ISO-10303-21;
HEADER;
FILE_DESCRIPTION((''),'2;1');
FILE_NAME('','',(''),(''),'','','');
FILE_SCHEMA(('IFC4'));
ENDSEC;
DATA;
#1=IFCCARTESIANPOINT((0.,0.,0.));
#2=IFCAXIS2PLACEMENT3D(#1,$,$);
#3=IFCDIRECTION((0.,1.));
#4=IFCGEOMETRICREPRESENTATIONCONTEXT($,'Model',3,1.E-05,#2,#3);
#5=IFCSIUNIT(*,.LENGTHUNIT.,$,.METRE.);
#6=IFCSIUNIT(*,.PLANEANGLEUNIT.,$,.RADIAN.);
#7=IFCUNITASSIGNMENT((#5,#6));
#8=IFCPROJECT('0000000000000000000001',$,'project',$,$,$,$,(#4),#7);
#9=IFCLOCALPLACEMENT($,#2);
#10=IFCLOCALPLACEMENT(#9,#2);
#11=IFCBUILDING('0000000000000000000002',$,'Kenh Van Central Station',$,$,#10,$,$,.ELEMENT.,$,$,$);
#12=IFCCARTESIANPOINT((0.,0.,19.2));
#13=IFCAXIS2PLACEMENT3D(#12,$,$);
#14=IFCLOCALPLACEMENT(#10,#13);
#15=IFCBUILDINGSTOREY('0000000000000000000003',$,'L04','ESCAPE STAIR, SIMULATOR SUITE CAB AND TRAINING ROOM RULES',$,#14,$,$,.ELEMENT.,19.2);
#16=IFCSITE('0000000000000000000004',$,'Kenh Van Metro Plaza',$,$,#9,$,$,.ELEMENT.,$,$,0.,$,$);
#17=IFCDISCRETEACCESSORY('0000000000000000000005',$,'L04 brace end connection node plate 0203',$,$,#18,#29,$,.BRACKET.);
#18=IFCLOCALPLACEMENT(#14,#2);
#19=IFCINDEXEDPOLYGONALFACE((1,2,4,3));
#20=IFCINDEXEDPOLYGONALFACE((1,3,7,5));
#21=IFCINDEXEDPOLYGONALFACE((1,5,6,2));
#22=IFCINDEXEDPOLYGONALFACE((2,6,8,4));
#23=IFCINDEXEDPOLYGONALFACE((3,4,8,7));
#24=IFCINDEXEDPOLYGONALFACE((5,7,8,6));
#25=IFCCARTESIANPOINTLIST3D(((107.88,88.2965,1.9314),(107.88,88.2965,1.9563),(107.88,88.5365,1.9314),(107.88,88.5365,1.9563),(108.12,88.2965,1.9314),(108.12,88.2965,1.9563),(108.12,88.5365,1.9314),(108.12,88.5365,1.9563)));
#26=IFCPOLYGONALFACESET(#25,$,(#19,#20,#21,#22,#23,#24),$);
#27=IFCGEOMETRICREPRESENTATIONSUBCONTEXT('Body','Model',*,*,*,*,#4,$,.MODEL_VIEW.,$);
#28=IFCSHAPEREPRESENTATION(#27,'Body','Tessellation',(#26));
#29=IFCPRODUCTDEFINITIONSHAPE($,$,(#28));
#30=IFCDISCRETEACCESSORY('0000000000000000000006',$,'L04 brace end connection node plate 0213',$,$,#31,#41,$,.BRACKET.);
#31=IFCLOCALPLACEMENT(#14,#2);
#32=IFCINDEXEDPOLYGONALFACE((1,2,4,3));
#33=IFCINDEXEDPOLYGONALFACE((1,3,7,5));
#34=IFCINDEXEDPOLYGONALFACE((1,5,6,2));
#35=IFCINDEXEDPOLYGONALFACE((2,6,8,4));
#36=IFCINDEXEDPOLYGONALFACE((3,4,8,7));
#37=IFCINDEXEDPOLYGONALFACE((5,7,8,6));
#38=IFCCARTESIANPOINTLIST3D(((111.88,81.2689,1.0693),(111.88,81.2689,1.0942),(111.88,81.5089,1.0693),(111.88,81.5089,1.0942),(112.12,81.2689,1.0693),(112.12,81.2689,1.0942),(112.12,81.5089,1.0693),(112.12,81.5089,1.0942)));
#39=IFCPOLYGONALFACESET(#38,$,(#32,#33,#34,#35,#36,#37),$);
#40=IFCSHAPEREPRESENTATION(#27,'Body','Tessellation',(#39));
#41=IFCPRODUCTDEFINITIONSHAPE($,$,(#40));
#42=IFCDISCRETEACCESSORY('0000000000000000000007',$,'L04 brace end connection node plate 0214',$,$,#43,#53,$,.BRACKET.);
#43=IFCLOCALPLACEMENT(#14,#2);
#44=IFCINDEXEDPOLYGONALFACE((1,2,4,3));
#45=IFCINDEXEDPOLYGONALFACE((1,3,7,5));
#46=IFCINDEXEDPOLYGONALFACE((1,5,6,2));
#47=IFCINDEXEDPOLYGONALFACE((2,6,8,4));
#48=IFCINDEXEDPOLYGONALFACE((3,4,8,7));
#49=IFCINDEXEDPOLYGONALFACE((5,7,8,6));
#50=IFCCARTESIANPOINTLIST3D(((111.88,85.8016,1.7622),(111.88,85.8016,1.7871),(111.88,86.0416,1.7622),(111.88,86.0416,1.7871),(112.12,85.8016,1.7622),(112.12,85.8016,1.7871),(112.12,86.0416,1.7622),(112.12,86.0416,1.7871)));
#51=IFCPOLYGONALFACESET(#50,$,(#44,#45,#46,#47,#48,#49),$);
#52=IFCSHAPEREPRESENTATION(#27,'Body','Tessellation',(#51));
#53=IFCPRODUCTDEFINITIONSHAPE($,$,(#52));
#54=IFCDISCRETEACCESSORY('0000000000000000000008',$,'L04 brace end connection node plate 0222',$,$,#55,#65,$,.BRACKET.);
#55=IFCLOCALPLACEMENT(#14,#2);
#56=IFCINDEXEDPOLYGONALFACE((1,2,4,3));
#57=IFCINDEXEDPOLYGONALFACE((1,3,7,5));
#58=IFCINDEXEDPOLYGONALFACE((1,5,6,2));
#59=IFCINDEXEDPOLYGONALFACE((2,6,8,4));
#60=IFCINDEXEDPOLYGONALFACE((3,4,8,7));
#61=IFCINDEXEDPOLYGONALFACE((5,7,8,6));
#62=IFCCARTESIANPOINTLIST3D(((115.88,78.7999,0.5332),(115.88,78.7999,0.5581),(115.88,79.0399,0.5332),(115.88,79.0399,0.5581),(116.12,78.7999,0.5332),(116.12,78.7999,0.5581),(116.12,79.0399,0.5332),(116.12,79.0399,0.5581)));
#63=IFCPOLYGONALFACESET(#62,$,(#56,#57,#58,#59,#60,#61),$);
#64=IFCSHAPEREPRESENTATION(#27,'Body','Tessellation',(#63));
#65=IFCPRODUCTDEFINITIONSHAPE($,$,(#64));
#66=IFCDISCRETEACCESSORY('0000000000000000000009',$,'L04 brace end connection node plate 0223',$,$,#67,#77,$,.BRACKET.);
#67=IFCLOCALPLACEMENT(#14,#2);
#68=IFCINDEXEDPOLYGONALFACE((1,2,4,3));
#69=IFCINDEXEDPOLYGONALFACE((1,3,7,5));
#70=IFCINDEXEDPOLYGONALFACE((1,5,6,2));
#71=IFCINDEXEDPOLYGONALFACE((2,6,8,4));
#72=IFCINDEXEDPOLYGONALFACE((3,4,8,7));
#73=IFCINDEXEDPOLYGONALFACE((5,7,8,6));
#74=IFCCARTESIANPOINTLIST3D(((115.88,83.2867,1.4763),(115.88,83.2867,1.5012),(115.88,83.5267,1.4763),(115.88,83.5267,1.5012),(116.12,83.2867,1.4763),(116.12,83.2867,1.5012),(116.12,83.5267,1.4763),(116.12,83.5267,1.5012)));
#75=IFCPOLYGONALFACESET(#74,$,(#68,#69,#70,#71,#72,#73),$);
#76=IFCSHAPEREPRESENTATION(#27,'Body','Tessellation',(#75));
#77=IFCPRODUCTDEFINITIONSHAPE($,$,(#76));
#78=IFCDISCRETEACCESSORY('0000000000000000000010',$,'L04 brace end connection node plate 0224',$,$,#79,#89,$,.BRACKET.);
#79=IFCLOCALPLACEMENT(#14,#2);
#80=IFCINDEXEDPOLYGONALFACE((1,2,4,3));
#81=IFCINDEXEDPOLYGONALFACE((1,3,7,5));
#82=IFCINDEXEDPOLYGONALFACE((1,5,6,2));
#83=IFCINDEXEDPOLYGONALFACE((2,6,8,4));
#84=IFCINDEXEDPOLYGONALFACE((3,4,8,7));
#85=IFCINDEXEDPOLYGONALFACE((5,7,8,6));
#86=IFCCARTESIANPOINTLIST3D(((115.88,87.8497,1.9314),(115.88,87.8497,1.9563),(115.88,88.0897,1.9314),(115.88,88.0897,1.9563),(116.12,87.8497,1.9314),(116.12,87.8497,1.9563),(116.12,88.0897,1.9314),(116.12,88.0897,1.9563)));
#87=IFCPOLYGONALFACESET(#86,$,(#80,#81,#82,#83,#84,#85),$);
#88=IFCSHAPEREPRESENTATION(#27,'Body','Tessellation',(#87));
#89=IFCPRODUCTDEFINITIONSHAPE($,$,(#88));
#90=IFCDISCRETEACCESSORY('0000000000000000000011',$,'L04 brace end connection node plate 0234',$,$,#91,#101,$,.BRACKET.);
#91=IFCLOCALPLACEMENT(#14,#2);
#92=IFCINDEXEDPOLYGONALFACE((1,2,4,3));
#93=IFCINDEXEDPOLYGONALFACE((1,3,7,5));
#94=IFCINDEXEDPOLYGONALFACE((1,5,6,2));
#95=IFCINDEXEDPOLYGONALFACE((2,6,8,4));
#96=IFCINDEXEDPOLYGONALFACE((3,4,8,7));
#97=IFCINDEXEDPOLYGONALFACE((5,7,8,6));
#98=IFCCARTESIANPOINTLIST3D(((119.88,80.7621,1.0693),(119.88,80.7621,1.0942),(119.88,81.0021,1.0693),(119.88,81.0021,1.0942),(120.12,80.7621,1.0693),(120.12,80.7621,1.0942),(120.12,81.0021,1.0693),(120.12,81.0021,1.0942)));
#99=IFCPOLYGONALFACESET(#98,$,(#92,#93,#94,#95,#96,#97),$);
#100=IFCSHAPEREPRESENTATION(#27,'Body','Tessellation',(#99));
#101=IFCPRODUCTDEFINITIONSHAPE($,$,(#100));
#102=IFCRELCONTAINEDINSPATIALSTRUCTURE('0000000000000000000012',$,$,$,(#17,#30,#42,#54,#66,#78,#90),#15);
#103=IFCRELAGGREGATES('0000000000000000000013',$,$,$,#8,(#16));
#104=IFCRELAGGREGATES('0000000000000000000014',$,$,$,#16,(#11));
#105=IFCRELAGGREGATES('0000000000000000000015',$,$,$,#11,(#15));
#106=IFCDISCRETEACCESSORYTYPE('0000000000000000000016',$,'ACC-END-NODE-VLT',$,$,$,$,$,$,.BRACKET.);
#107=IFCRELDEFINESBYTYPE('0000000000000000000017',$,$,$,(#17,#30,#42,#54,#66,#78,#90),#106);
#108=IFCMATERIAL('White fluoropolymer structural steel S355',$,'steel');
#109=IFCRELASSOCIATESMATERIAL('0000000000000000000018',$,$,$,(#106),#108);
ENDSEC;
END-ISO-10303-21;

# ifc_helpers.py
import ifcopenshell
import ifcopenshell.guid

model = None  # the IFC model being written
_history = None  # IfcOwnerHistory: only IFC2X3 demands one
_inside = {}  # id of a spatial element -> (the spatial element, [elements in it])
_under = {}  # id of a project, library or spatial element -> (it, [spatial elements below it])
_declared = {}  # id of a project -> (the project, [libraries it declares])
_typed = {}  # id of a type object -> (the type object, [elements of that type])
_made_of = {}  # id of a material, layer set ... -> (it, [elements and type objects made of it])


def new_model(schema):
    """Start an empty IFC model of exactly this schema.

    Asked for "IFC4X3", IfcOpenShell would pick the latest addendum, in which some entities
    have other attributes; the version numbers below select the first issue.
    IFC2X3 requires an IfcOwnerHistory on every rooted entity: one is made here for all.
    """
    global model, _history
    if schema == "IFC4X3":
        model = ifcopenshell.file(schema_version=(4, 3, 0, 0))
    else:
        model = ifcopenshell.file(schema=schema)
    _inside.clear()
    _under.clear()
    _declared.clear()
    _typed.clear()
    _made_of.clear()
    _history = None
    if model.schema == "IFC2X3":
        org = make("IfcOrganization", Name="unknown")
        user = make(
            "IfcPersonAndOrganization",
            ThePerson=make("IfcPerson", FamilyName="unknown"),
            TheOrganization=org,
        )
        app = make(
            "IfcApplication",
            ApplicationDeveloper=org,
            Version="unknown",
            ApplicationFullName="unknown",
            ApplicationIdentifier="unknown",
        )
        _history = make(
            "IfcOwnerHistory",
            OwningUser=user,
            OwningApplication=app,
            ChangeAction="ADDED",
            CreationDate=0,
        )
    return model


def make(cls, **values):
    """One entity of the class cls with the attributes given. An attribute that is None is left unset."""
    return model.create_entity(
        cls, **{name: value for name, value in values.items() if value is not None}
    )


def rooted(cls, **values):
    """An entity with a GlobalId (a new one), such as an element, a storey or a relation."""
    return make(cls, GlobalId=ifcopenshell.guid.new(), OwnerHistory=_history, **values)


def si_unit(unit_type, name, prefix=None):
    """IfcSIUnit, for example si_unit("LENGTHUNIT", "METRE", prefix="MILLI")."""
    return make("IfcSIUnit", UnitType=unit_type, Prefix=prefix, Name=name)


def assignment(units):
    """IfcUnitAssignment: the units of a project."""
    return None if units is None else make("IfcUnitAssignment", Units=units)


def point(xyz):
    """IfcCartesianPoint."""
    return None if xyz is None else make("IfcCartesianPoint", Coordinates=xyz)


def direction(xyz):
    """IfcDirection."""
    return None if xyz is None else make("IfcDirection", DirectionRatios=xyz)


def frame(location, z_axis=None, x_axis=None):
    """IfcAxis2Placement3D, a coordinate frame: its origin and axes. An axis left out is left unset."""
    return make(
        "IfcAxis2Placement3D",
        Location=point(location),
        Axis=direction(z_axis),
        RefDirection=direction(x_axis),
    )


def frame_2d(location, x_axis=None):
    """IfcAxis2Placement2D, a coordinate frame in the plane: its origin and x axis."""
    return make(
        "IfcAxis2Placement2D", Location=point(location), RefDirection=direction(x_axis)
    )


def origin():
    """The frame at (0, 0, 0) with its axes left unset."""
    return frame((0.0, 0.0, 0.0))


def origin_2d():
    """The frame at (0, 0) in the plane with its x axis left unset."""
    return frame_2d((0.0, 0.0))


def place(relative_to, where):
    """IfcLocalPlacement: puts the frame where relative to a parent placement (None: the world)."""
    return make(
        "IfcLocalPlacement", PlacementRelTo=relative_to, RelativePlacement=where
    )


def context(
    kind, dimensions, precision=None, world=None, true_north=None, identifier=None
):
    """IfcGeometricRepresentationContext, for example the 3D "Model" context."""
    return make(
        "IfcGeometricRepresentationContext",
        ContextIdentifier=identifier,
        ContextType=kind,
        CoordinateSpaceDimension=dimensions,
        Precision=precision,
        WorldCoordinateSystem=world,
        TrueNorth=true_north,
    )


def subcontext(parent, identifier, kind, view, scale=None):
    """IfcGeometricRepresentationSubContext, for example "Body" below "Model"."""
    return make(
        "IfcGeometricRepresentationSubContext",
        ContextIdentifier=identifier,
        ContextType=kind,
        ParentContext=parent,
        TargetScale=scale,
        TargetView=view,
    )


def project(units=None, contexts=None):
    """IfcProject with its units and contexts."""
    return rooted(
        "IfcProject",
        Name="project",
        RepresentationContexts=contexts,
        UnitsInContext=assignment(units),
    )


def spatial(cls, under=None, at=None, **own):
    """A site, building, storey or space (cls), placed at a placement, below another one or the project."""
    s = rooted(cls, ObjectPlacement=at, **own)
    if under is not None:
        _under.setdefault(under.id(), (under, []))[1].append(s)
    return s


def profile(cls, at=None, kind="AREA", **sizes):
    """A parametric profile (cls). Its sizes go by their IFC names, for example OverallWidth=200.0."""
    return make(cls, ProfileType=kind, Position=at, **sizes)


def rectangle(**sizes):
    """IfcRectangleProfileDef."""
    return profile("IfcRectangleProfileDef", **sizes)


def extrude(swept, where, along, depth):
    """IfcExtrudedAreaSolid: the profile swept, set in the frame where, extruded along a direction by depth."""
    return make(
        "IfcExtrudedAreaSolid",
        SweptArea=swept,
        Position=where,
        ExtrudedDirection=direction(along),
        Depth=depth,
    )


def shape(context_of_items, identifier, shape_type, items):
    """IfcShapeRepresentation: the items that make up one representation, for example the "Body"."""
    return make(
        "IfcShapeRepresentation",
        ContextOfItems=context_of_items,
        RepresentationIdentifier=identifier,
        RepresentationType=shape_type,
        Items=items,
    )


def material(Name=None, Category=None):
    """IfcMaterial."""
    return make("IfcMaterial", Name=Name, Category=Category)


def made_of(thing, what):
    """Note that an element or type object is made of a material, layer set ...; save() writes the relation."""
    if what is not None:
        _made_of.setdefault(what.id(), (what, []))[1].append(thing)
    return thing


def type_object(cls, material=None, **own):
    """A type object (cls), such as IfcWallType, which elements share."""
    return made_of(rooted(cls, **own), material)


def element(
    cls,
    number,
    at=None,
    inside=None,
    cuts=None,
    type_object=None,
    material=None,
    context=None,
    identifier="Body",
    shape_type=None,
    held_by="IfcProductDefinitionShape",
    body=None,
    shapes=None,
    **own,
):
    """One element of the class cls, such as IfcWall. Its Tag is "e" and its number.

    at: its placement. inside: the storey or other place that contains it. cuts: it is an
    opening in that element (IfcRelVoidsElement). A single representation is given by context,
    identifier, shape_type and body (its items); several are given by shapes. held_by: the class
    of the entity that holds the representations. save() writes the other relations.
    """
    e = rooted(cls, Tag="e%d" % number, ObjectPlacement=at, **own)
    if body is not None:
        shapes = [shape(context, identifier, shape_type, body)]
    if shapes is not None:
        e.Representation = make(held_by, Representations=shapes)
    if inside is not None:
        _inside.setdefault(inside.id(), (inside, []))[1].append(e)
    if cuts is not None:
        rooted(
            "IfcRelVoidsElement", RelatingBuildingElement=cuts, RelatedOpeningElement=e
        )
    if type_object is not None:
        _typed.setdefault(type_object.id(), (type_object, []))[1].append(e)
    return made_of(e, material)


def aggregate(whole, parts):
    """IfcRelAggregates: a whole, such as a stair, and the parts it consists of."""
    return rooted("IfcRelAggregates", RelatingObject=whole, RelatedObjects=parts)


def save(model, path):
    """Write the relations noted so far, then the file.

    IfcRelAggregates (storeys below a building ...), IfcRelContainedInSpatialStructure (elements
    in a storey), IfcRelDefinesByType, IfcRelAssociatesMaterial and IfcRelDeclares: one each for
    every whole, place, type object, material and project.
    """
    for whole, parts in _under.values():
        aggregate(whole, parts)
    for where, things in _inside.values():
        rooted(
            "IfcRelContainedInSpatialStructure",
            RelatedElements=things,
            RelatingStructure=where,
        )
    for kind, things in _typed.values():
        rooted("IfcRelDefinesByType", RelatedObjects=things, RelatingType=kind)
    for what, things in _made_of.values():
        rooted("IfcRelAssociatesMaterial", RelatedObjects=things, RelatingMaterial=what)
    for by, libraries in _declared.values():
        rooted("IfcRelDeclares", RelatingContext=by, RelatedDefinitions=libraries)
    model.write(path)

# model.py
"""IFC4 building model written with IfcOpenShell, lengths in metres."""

from ifc_helpers import new_model, si_unit, direction, frame, origin, origin_2d, place, context, subcontext, project, spatial, rectangle, extrude, material, type_object, element, save


model = new_model("IFC4")

# Units and contexts
model_context = context("Model", 3, precision=1e-05, world=origin(), true_north=direction((0.0, 1.0)))
body_context = subcontext(model_context, "Body", "Model", "MODEL_VIEW")
ifc_project = project(units=[si_unit("LENGTHUNIT", "METRE"), si_unit("PLANEANGLEUNIT", "RADIAN")], contexts=[model_context])

# Site, building, storey
site_placement = place(None, origin())
site = spatial("IfcSite", under=ifc_project, at=site_placement, Name="Kenh Van Metro Plaza", CompositionType="ELEMENT", RefElevation=0.0)
building_placement = place(site_placement, origin())
building = spatial("IfcBuilding", under=site, at=building_placement, Name="Kenh Van Central Station", CompositionType="ELEMENT")
storey_placement = place(building_placement, frame((0.0, 0.0, 19.2)))
storey = spatial("IfcBuildingStorey", under=building, at=storey_placement, Name="L04", Description="ESCAPE STAIR, SIMULATOR SUITE CAB AND TRAINING ROOM RULES", CompositionType="ELEMENT", Elevation=19.2)

# Shared definitions
ifc_material_1 = material(Name="White fluoropolymer structural steel S355", Category="steel")

# Discrete accessories
discrete_accessory_type_1 = type_object("IfcDiscreteAccessoryType", Name="ACC-END-NODE-VLT", PredefinedType="BRACKET", material=ifc_material_1)
for number, where, z_axis, x_axis, name in (
    (1, (108.0, 88.4165, 1.9314), (0.0, 0.0, 1.0), (1.0, 0.0, 0.0), "L04 brace end connection node plate 0203"),
    (2, (112.0, 81.3889, 1.0693), (0.0, 0.0, 1.0), (1.0, 0.0, 0.0), "L04 brace end connection node plate 0213"),
    (3, (112.0, 85.9216, 1.7622), (0.0, 0.0, 1.0), (1.0, 0.0, 0.0), "L04 brace end connection node plate 0214"),
    (4, (116.0, 78.9199, 0.5332), (0.0, 0.0, 1.0), (1.0, 0.0, 0.0), "L04 brace end connection node plate 0222"),
    (5, (116.0, 83.4067, 1.4763), (0.0, 0.0, 1.0), (1.0, 0.0, 0.0), "L04 brace end connection node plate 0223"),
    (6, (116.0, 87.9697, 1.9314), (0.0, 0.0, 1.0), (1.0, 0.0, 0.0), "L04 brace end connection node plate 0224"),
    (7, (120.0, 80.8821, 1.0693), (0.0, 0.0, 1.0), (1.0, 0.0, 0.0), "L04 brace end connection node plate 0234"),
):
    element("IfcDiscreteAccessory", number, at=place(storey_placement, frame(where, z_axis=z_axis, x_axis=x_axis)), inside=storey, type_object=discrete_accessory_type_1, Name=name, PredefinedType="BRACKET", context=body_context, shape_type="SweptSolid", body=[
        extrude(rectangle(XDim=0.24, YDim=0.24, at=origin_2d()), origin(), (0.0, 0.0, 1.0), 0.0249),
    ])

save(model, "model.ifc")
